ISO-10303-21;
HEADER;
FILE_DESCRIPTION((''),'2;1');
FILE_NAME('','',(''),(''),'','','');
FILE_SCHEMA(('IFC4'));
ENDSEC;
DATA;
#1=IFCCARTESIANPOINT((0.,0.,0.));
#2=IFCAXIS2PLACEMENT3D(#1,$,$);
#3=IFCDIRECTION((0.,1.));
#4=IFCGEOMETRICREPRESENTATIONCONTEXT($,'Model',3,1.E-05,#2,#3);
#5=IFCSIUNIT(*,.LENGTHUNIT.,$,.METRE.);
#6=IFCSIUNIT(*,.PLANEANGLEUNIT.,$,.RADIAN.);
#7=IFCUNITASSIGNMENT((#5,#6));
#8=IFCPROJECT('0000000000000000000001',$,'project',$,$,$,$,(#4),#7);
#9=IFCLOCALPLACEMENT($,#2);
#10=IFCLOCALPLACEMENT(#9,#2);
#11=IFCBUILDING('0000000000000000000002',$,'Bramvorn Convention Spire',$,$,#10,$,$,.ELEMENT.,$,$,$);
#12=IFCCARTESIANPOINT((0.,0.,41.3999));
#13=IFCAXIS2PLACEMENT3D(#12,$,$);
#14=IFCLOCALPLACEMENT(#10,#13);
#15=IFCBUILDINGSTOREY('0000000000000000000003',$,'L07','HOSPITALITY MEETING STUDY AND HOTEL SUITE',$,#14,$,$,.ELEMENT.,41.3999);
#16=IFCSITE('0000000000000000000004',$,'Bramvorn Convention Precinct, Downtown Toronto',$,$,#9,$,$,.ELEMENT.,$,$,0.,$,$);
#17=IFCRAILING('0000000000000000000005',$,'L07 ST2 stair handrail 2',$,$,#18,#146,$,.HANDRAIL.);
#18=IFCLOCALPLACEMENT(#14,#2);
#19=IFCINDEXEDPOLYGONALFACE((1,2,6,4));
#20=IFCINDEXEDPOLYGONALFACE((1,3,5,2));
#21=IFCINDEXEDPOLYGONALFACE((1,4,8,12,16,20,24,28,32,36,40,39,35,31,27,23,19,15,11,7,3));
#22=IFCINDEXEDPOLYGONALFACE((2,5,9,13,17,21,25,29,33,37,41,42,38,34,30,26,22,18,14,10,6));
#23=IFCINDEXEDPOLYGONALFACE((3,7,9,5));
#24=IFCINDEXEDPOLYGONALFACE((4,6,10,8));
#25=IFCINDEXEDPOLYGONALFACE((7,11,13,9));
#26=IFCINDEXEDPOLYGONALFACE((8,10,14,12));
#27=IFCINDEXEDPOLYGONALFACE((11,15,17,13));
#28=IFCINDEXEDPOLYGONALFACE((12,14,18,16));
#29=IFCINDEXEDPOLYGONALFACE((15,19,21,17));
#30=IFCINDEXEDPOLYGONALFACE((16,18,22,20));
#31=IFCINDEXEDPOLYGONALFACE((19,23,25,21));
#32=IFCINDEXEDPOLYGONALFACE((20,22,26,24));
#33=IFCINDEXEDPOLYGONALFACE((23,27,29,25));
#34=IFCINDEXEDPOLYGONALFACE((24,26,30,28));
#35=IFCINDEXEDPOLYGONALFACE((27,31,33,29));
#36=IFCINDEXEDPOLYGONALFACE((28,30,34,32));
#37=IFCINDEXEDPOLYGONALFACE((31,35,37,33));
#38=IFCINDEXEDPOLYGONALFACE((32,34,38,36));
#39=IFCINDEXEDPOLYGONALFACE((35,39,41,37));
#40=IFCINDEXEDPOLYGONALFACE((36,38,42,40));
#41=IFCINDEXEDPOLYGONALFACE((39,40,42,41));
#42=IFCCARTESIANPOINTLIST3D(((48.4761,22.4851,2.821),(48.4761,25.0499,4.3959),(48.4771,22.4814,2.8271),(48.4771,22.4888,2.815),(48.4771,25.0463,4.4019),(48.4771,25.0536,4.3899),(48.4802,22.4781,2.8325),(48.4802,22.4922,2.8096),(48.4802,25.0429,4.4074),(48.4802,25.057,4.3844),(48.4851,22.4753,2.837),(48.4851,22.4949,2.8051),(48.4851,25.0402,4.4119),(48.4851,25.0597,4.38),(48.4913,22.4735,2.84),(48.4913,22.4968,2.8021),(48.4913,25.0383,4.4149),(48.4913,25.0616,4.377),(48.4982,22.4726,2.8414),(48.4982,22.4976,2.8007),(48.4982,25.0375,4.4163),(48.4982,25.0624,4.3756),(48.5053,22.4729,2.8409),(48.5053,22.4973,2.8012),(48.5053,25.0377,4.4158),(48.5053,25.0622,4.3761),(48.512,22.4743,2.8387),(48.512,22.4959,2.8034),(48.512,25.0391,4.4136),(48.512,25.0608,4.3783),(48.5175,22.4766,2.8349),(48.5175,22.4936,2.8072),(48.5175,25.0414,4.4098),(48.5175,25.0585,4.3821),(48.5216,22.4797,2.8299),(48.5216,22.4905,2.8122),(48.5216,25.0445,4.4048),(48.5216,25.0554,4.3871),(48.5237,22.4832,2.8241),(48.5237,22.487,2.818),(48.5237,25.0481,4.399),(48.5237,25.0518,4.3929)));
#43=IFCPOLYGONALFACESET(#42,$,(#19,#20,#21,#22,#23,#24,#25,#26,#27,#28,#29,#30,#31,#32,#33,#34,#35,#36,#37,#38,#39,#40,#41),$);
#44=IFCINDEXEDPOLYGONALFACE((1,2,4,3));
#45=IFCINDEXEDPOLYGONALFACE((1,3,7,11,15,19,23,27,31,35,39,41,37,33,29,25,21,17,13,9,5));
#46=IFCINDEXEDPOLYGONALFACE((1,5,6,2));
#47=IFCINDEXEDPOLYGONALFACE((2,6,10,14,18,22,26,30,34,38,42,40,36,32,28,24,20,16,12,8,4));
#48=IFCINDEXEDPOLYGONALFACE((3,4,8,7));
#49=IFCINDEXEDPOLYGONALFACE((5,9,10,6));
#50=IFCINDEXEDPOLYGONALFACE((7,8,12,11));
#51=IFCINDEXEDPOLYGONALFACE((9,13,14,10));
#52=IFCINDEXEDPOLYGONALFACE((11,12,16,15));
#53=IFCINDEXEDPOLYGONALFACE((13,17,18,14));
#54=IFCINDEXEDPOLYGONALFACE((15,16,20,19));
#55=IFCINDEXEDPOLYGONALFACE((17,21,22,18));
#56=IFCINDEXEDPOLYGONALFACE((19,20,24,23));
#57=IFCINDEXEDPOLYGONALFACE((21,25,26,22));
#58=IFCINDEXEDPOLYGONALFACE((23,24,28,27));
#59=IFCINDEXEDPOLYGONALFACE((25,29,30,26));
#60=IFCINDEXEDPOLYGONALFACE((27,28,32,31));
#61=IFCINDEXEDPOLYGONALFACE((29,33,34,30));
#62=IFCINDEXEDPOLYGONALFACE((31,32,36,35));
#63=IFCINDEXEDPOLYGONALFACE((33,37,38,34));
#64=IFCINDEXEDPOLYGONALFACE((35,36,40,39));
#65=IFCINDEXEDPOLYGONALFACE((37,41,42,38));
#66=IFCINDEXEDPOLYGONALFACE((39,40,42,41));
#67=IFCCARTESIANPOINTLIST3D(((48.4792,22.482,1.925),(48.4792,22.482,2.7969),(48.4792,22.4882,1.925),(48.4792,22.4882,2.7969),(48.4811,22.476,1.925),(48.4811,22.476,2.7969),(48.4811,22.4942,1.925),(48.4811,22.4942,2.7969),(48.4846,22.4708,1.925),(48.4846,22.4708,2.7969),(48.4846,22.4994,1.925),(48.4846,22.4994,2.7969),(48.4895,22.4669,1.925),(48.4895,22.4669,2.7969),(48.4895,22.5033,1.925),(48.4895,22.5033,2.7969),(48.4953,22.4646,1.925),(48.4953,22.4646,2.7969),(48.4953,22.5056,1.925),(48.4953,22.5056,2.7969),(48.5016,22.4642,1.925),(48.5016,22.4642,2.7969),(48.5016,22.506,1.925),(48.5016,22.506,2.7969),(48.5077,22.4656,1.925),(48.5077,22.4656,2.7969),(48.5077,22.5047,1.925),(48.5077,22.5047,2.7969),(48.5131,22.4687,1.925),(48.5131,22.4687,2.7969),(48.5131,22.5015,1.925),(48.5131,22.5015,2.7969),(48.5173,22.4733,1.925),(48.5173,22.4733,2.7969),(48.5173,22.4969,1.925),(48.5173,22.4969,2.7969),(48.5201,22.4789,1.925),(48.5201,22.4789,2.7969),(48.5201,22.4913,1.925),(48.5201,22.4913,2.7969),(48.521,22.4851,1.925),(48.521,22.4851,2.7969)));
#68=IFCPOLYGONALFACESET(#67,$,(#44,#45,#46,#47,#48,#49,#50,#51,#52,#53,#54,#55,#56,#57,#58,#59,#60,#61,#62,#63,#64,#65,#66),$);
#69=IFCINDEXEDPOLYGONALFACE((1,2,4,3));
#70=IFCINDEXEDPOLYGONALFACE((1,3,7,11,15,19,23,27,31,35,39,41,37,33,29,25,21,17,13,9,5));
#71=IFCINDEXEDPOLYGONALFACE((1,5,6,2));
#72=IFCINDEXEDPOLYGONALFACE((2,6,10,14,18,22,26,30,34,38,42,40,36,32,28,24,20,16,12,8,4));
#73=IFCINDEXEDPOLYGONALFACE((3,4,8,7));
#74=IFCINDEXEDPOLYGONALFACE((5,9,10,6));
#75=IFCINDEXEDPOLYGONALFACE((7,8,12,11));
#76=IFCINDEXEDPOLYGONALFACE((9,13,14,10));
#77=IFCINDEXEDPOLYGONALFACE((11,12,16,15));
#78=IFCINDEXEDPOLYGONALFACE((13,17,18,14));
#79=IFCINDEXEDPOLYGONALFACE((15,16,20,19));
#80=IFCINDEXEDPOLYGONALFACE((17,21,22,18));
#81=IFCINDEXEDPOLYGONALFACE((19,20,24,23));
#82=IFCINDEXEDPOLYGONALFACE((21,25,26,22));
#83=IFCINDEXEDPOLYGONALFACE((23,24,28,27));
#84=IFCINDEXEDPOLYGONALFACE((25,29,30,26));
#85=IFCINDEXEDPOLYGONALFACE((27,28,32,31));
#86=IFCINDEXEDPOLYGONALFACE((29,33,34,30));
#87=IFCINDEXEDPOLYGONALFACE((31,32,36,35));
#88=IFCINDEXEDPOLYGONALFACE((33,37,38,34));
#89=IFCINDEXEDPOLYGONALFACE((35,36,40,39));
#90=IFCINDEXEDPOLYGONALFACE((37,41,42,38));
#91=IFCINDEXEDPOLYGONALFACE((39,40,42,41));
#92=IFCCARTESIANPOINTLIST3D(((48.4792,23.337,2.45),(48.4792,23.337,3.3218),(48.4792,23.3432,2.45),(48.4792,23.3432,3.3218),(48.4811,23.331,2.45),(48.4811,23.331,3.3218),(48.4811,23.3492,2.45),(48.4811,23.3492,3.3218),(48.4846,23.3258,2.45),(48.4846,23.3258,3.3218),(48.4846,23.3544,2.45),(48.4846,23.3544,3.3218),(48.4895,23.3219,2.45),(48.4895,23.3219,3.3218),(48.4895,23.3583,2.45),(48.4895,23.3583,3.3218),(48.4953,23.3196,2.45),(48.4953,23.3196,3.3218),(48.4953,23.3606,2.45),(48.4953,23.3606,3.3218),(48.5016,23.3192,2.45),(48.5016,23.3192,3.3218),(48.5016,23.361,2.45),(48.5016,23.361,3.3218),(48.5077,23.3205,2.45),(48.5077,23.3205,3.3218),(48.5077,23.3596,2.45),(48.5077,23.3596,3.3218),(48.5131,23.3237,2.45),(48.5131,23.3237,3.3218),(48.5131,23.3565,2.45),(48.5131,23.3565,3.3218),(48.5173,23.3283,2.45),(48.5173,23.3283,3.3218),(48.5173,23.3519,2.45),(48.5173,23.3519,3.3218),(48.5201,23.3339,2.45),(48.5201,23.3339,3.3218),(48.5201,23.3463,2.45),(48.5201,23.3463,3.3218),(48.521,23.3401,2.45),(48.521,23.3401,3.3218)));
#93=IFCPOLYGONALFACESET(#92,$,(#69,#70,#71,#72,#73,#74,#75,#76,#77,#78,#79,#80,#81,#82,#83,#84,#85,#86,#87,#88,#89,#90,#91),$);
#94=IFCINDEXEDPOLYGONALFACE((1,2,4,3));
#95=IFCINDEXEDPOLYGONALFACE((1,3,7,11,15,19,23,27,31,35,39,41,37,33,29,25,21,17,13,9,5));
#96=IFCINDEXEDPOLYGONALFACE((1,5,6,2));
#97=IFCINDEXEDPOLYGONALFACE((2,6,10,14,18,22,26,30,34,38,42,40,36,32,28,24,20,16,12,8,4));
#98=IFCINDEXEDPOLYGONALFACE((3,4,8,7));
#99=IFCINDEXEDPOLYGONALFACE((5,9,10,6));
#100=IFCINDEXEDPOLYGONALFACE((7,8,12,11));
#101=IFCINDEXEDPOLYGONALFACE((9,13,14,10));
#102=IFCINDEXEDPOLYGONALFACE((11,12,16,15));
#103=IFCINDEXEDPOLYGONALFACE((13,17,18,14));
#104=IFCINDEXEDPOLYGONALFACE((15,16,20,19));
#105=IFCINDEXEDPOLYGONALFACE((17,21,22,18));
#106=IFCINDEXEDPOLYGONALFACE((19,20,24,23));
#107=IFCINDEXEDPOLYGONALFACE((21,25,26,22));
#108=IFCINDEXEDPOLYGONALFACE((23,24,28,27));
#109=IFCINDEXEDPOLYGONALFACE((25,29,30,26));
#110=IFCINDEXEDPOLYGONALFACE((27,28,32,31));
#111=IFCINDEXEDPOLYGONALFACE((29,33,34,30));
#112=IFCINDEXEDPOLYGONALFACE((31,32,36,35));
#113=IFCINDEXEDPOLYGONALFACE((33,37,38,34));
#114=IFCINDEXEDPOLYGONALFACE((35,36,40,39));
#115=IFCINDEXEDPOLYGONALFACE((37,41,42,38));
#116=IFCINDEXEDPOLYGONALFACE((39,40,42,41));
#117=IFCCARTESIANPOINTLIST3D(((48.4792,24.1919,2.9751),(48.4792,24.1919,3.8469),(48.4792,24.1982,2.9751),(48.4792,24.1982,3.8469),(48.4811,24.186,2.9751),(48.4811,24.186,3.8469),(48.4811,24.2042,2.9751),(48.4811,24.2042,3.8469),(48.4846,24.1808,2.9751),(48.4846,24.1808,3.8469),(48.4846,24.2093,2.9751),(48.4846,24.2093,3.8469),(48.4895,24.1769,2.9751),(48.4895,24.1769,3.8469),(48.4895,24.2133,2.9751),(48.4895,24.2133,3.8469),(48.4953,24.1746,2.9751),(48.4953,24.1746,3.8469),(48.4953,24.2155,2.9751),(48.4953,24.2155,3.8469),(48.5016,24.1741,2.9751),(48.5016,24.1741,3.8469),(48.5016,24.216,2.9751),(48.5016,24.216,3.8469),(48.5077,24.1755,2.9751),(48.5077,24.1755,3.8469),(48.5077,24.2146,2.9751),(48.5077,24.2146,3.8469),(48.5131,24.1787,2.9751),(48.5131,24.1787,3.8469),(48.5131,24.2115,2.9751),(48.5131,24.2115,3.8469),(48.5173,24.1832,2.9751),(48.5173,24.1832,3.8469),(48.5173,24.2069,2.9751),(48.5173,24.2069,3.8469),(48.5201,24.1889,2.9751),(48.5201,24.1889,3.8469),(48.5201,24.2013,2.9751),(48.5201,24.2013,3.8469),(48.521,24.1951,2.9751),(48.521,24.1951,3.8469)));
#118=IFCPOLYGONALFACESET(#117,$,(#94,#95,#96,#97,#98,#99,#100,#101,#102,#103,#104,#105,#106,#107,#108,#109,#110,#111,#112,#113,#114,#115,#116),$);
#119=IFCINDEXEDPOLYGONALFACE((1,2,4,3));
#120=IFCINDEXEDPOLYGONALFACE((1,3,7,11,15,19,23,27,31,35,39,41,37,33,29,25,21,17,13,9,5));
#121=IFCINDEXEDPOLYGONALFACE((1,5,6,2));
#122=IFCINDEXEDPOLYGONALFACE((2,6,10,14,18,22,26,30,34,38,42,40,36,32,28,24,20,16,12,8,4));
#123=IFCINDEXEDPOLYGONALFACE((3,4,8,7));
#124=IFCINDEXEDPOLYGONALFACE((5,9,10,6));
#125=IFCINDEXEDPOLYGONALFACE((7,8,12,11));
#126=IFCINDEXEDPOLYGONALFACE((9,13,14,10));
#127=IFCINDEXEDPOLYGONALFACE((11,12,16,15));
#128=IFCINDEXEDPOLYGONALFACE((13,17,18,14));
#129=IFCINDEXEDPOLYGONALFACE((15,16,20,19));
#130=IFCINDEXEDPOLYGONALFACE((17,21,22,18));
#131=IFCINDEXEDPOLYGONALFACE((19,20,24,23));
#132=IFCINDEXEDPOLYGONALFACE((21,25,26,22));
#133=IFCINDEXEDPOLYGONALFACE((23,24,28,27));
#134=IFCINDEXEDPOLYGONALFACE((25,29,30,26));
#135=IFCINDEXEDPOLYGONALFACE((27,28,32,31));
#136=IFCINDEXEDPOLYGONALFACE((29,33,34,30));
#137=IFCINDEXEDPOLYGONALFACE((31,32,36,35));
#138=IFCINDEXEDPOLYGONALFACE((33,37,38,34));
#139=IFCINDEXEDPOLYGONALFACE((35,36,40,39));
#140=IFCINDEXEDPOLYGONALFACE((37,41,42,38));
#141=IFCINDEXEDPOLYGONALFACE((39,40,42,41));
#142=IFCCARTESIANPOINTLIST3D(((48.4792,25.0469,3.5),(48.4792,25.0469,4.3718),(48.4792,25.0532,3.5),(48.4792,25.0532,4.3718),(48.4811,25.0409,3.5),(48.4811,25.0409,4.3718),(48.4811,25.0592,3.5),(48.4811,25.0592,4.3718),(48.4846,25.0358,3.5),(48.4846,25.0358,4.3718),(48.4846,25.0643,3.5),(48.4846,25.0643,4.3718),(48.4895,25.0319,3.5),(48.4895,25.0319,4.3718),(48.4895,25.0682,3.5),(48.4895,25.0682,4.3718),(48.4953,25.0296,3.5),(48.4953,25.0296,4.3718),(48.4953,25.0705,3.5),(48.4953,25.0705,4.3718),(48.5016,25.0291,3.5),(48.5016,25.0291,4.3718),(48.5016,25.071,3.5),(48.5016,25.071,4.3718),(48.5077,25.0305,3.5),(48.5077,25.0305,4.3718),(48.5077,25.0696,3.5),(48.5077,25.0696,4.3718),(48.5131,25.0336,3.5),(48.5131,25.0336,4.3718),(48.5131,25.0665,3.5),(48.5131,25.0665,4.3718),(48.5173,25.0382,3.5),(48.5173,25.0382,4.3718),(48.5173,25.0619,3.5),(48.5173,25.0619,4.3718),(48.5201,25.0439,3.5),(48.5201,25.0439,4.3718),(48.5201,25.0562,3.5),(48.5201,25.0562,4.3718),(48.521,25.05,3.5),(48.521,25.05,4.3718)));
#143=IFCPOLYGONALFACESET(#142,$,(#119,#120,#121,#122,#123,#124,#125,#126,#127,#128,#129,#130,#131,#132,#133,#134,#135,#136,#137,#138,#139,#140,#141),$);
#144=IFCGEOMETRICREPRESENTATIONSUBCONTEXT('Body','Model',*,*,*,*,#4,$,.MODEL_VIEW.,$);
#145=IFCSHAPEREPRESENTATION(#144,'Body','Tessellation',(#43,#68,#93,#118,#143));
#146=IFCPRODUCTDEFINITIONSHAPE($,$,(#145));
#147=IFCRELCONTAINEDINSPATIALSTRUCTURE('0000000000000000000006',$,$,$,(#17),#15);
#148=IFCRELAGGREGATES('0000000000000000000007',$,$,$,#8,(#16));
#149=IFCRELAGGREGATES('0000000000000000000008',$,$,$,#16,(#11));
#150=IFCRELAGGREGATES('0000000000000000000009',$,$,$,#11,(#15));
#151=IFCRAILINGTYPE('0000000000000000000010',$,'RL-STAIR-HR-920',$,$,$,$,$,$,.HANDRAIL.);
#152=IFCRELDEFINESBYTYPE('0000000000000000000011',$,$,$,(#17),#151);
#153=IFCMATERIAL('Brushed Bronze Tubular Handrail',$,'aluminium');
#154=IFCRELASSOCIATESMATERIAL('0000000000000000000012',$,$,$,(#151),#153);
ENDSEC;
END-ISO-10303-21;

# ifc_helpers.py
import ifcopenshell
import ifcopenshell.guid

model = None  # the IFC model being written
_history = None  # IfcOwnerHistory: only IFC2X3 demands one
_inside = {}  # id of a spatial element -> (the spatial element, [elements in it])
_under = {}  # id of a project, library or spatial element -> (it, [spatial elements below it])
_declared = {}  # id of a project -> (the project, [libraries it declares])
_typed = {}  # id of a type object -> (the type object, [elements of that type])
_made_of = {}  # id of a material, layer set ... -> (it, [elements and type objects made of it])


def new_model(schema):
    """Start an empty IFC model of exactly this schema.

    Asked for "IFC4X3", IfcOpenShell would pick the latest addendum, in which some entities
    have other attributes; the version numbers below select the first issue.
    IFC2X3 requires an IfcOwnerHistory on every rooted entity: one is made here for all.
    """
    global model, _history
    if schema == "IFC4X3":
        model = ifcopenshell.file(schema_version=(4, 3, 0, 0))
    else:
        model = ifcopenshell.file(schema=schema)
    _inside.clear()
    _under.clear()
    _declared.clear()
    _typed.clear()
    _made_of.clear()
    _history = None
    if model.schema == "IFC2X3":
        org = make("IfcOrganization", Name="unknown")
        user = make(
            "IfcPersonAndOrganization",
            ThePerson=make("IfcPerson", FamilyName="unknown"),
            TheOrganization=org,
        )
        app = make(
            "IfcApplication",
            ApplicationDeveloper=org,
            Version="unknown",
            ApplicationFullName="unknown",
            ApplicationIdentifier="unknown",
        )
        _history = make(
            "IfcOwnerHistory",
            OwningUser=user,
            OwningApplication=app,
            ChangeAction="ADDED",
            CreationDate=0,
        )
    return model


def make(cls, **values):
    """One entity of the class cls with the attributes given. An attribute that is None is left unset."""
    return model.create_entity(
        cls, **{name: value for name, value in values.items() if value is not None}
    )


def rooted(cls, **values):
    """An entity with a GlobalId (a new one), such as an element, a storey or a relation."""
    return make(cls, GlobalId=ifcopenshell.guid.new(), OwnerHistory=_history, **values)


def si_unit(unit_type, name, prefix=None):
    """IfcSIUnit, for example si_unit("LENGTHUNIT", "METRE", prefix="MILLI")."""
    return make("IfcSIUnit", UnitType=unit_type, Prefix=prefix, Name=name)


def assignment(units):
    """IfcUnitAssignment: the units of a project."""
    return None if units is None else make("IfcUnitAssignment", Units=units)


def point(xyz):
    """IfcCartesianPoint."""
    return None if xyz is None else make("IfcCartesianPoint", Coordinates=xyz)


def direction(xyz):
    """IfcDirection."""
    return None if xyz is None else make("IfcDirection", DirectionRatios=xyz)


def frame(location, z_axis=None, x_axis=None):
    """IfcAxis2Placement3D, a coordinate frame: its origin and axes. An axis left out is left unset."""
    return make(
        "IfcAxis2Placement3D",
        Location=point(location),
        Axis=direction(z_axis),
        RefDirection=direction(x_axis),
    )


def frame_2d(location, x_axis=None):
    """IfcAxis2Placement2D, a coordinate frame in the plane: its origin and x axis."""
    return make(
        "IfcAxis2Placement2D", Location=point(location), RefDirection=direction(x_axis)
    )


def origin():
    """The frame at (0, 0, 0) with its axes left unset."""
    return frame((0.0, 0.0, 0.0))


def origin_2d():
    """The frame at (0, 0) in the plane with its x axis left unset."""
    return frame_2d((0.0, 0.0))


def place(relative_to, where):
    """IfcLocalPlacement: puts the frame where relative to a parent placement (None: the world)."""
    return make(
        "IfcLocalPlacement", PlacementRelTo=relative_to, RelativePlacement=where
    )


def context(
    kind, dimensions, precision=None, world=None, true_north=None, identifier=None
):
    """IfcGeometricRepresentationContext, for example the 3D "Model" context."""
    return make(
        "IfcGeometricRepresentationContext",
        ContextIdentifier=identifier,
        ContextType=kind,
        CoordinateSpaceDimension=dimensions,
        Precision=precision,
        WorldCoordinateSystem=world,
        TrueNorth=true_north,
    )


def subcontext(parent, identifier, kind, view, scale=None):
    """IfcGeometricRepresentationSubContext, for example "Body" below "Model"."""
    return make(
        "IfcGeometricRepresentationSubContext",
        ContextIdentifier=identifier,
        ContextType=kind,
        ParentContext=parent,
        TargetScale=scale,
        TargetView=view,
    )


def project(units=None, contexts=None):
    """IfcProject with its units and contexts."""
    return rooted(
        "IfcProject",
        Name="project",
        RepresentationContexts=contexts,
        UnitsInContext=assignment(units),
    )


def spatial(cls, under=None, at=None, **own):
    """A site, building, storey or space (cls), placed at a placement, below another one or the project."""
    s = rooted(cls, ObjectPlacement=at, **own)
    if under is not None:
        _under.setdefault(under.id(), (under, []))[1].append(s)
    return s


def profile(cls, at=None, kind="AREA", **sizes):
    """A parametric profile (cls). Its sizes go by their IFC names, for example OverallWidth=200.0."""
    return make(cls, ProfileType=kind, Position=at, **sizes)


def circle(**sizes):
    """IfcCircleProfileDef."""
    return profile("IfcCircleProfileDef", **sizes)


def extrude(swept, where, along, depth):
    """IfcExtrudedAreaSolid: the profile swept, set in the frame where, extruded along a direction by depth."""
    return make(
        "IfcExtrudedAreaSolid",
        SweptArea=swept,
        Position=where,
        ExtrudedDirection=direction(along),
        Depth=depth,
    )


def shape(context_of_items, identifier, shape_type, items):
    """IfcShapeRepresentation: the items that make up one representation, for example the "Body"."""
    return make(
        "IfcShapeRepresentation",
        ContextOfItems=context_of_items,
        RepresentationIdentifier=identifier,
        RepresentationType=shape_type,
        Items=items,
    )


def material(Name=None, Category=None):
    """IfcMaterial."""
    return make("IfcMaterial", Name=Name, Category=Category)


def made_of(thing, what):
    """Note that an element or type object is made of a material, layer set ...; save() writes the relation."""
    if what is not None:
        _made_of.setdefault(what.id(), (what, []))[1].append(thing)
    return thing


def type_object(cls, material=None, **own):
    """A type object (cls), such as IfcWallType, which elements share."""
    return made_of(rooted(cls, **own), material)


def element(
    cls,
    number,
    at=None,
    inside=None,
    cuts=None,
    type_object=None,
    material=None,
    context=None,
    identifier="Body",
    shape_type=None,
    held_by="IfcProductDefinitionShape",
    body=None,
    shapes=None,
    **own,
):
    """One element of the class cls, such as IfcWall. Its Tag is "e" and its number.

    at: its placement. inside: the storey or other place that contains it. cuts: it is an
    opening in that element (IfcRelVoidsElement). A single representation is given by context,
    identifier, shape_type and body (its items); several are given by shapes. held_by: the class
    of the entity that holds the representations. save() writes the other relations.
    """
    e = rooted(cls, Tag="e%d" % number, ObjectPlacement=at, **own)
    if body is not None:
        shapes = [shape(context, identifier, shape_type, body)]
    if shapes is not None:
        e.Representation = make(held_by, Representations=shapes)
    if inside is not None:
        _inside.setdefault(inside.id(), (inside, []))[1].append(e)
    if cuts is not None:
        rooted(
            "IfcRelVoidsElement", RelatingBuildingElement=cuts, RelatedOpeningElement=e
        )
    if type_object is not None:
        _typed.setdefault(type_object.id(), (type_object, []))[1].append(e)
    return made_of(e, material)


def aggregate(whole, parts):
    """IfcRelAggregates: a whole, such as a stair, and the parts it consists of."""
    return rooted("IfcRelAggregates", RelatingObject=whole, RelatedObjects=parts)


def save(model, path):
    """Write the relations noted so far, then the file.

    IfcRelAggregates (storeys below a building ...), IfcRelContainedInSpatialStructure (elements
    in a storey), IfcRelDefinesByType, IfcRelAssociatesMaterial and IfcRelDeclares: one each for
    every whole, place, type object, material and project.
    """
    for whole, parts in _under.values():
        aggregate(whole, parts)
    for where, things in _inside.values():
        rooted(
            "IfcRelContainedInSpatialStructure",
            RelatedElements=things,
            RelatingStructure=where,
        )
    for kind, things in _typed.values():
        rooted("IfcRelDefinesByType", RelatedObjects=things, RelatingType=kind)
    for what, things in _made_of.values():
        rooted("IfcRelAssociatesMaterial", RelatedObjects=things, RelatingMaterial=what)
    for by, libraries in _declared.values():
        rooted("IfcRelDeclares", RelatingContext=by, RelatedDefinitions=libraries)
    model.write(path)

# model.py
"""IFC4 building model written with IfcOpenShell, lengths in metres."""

from ifc_helpers import new_model, si_unit, direction, frame, origin, origin_2d, place, context, subcontext, project, spatial, circle, extrude, material, type_object, element, save


model = new_model("IFC4")

# Units and contexts
model_context = context("Model", 3, precision=1e-05, world=origin(), true_north=direction((0.0, 1.0)))
body_context = subcontext(model_context, "Body", "Model", "MODEL_VIEW")
ifc_project = project(units=[si_unit("LENGTHUNIT", "METRE"), si_unit("PLANEANGLEUNIT", "RADIAN")], contexts=[model_context])

# Site, building, storey
site_placement = place(None, origin())
site = spatial("IfcSite", under=ifc_project, at=site_placement, Name="Bramvorn Convention Precinct, Downtown Toronto", CompositionType="ELEMENT", RefElevation=0.0)
building_placement = place(site_placement, origin())
building = spatial("IfcBuilding", under=site, at=building_placement, Name="Bramvorn Convention Spire", CompositionType="ELEMENT")
storey_placement = place(building_placement, frame((0.0, 0.0, 41.3999)))
storey = spatial("IfcBuildingStorey", under=building, at=storey_placement, Name="L07", Description="HOSPITALITY MEETING STUDY AND HOTEL SUITE", CompositionType="ELEMENT", Elevation=41.3999)

# Railing
ifc_material_1 = material(Name="Brushed Bronze Tubular Handrail", Category="aluminium")
railing_type_1 = type_object("IfcRailingType", Name="RL-STAIR-HR-920", PredefinedType="HANDRAIL", material=ifc_material_1)
railing_1_placement = place(storey_placement, frame((48.5, 22.4851, 1.925)))
element("IfcRailing", 1, at=railing_1_placement, inside=storey, type_object=railing_type_1, Name="L07 ST2 stair handrail 2", PredefinedType="HANDRAIL", context=body_context, shape_type="SweptSolid", body=[
    extrude(circle(Radius=0.0239, at=origin_2d()), frame((0.0, 0.0, 0.896), z_axis=(0.0, 0.852173, 0.52326), x_axis=(-1.0, 0.0, 0.0)), (0.0, 0.0, 1.0), 3.0098),
    extrude(circle(Radius=0.021, at=origin_2d()), origin(), (0.0, 0.0, 1.0), 0.8718),
    extrude(circle(Radius=0.021, at=origin_2d()), frame((0.0, 0.855, 0.5249)), (0.0, 0.0, 1.0), 0.8718),
    extrude(circle(Radius=0.021, at=origin_2d()), frame((0.0, 1.71, 1.05)), (0.0, 0.0, 1.0), 0.8718),
    extrude(circle(Radius=0.021, at=origin_2d()), frame((0.0, 2.5649, 1.575)), (0.0, 0.0, 1.0), 0.8718),
])

save(model, "model.ifc")
